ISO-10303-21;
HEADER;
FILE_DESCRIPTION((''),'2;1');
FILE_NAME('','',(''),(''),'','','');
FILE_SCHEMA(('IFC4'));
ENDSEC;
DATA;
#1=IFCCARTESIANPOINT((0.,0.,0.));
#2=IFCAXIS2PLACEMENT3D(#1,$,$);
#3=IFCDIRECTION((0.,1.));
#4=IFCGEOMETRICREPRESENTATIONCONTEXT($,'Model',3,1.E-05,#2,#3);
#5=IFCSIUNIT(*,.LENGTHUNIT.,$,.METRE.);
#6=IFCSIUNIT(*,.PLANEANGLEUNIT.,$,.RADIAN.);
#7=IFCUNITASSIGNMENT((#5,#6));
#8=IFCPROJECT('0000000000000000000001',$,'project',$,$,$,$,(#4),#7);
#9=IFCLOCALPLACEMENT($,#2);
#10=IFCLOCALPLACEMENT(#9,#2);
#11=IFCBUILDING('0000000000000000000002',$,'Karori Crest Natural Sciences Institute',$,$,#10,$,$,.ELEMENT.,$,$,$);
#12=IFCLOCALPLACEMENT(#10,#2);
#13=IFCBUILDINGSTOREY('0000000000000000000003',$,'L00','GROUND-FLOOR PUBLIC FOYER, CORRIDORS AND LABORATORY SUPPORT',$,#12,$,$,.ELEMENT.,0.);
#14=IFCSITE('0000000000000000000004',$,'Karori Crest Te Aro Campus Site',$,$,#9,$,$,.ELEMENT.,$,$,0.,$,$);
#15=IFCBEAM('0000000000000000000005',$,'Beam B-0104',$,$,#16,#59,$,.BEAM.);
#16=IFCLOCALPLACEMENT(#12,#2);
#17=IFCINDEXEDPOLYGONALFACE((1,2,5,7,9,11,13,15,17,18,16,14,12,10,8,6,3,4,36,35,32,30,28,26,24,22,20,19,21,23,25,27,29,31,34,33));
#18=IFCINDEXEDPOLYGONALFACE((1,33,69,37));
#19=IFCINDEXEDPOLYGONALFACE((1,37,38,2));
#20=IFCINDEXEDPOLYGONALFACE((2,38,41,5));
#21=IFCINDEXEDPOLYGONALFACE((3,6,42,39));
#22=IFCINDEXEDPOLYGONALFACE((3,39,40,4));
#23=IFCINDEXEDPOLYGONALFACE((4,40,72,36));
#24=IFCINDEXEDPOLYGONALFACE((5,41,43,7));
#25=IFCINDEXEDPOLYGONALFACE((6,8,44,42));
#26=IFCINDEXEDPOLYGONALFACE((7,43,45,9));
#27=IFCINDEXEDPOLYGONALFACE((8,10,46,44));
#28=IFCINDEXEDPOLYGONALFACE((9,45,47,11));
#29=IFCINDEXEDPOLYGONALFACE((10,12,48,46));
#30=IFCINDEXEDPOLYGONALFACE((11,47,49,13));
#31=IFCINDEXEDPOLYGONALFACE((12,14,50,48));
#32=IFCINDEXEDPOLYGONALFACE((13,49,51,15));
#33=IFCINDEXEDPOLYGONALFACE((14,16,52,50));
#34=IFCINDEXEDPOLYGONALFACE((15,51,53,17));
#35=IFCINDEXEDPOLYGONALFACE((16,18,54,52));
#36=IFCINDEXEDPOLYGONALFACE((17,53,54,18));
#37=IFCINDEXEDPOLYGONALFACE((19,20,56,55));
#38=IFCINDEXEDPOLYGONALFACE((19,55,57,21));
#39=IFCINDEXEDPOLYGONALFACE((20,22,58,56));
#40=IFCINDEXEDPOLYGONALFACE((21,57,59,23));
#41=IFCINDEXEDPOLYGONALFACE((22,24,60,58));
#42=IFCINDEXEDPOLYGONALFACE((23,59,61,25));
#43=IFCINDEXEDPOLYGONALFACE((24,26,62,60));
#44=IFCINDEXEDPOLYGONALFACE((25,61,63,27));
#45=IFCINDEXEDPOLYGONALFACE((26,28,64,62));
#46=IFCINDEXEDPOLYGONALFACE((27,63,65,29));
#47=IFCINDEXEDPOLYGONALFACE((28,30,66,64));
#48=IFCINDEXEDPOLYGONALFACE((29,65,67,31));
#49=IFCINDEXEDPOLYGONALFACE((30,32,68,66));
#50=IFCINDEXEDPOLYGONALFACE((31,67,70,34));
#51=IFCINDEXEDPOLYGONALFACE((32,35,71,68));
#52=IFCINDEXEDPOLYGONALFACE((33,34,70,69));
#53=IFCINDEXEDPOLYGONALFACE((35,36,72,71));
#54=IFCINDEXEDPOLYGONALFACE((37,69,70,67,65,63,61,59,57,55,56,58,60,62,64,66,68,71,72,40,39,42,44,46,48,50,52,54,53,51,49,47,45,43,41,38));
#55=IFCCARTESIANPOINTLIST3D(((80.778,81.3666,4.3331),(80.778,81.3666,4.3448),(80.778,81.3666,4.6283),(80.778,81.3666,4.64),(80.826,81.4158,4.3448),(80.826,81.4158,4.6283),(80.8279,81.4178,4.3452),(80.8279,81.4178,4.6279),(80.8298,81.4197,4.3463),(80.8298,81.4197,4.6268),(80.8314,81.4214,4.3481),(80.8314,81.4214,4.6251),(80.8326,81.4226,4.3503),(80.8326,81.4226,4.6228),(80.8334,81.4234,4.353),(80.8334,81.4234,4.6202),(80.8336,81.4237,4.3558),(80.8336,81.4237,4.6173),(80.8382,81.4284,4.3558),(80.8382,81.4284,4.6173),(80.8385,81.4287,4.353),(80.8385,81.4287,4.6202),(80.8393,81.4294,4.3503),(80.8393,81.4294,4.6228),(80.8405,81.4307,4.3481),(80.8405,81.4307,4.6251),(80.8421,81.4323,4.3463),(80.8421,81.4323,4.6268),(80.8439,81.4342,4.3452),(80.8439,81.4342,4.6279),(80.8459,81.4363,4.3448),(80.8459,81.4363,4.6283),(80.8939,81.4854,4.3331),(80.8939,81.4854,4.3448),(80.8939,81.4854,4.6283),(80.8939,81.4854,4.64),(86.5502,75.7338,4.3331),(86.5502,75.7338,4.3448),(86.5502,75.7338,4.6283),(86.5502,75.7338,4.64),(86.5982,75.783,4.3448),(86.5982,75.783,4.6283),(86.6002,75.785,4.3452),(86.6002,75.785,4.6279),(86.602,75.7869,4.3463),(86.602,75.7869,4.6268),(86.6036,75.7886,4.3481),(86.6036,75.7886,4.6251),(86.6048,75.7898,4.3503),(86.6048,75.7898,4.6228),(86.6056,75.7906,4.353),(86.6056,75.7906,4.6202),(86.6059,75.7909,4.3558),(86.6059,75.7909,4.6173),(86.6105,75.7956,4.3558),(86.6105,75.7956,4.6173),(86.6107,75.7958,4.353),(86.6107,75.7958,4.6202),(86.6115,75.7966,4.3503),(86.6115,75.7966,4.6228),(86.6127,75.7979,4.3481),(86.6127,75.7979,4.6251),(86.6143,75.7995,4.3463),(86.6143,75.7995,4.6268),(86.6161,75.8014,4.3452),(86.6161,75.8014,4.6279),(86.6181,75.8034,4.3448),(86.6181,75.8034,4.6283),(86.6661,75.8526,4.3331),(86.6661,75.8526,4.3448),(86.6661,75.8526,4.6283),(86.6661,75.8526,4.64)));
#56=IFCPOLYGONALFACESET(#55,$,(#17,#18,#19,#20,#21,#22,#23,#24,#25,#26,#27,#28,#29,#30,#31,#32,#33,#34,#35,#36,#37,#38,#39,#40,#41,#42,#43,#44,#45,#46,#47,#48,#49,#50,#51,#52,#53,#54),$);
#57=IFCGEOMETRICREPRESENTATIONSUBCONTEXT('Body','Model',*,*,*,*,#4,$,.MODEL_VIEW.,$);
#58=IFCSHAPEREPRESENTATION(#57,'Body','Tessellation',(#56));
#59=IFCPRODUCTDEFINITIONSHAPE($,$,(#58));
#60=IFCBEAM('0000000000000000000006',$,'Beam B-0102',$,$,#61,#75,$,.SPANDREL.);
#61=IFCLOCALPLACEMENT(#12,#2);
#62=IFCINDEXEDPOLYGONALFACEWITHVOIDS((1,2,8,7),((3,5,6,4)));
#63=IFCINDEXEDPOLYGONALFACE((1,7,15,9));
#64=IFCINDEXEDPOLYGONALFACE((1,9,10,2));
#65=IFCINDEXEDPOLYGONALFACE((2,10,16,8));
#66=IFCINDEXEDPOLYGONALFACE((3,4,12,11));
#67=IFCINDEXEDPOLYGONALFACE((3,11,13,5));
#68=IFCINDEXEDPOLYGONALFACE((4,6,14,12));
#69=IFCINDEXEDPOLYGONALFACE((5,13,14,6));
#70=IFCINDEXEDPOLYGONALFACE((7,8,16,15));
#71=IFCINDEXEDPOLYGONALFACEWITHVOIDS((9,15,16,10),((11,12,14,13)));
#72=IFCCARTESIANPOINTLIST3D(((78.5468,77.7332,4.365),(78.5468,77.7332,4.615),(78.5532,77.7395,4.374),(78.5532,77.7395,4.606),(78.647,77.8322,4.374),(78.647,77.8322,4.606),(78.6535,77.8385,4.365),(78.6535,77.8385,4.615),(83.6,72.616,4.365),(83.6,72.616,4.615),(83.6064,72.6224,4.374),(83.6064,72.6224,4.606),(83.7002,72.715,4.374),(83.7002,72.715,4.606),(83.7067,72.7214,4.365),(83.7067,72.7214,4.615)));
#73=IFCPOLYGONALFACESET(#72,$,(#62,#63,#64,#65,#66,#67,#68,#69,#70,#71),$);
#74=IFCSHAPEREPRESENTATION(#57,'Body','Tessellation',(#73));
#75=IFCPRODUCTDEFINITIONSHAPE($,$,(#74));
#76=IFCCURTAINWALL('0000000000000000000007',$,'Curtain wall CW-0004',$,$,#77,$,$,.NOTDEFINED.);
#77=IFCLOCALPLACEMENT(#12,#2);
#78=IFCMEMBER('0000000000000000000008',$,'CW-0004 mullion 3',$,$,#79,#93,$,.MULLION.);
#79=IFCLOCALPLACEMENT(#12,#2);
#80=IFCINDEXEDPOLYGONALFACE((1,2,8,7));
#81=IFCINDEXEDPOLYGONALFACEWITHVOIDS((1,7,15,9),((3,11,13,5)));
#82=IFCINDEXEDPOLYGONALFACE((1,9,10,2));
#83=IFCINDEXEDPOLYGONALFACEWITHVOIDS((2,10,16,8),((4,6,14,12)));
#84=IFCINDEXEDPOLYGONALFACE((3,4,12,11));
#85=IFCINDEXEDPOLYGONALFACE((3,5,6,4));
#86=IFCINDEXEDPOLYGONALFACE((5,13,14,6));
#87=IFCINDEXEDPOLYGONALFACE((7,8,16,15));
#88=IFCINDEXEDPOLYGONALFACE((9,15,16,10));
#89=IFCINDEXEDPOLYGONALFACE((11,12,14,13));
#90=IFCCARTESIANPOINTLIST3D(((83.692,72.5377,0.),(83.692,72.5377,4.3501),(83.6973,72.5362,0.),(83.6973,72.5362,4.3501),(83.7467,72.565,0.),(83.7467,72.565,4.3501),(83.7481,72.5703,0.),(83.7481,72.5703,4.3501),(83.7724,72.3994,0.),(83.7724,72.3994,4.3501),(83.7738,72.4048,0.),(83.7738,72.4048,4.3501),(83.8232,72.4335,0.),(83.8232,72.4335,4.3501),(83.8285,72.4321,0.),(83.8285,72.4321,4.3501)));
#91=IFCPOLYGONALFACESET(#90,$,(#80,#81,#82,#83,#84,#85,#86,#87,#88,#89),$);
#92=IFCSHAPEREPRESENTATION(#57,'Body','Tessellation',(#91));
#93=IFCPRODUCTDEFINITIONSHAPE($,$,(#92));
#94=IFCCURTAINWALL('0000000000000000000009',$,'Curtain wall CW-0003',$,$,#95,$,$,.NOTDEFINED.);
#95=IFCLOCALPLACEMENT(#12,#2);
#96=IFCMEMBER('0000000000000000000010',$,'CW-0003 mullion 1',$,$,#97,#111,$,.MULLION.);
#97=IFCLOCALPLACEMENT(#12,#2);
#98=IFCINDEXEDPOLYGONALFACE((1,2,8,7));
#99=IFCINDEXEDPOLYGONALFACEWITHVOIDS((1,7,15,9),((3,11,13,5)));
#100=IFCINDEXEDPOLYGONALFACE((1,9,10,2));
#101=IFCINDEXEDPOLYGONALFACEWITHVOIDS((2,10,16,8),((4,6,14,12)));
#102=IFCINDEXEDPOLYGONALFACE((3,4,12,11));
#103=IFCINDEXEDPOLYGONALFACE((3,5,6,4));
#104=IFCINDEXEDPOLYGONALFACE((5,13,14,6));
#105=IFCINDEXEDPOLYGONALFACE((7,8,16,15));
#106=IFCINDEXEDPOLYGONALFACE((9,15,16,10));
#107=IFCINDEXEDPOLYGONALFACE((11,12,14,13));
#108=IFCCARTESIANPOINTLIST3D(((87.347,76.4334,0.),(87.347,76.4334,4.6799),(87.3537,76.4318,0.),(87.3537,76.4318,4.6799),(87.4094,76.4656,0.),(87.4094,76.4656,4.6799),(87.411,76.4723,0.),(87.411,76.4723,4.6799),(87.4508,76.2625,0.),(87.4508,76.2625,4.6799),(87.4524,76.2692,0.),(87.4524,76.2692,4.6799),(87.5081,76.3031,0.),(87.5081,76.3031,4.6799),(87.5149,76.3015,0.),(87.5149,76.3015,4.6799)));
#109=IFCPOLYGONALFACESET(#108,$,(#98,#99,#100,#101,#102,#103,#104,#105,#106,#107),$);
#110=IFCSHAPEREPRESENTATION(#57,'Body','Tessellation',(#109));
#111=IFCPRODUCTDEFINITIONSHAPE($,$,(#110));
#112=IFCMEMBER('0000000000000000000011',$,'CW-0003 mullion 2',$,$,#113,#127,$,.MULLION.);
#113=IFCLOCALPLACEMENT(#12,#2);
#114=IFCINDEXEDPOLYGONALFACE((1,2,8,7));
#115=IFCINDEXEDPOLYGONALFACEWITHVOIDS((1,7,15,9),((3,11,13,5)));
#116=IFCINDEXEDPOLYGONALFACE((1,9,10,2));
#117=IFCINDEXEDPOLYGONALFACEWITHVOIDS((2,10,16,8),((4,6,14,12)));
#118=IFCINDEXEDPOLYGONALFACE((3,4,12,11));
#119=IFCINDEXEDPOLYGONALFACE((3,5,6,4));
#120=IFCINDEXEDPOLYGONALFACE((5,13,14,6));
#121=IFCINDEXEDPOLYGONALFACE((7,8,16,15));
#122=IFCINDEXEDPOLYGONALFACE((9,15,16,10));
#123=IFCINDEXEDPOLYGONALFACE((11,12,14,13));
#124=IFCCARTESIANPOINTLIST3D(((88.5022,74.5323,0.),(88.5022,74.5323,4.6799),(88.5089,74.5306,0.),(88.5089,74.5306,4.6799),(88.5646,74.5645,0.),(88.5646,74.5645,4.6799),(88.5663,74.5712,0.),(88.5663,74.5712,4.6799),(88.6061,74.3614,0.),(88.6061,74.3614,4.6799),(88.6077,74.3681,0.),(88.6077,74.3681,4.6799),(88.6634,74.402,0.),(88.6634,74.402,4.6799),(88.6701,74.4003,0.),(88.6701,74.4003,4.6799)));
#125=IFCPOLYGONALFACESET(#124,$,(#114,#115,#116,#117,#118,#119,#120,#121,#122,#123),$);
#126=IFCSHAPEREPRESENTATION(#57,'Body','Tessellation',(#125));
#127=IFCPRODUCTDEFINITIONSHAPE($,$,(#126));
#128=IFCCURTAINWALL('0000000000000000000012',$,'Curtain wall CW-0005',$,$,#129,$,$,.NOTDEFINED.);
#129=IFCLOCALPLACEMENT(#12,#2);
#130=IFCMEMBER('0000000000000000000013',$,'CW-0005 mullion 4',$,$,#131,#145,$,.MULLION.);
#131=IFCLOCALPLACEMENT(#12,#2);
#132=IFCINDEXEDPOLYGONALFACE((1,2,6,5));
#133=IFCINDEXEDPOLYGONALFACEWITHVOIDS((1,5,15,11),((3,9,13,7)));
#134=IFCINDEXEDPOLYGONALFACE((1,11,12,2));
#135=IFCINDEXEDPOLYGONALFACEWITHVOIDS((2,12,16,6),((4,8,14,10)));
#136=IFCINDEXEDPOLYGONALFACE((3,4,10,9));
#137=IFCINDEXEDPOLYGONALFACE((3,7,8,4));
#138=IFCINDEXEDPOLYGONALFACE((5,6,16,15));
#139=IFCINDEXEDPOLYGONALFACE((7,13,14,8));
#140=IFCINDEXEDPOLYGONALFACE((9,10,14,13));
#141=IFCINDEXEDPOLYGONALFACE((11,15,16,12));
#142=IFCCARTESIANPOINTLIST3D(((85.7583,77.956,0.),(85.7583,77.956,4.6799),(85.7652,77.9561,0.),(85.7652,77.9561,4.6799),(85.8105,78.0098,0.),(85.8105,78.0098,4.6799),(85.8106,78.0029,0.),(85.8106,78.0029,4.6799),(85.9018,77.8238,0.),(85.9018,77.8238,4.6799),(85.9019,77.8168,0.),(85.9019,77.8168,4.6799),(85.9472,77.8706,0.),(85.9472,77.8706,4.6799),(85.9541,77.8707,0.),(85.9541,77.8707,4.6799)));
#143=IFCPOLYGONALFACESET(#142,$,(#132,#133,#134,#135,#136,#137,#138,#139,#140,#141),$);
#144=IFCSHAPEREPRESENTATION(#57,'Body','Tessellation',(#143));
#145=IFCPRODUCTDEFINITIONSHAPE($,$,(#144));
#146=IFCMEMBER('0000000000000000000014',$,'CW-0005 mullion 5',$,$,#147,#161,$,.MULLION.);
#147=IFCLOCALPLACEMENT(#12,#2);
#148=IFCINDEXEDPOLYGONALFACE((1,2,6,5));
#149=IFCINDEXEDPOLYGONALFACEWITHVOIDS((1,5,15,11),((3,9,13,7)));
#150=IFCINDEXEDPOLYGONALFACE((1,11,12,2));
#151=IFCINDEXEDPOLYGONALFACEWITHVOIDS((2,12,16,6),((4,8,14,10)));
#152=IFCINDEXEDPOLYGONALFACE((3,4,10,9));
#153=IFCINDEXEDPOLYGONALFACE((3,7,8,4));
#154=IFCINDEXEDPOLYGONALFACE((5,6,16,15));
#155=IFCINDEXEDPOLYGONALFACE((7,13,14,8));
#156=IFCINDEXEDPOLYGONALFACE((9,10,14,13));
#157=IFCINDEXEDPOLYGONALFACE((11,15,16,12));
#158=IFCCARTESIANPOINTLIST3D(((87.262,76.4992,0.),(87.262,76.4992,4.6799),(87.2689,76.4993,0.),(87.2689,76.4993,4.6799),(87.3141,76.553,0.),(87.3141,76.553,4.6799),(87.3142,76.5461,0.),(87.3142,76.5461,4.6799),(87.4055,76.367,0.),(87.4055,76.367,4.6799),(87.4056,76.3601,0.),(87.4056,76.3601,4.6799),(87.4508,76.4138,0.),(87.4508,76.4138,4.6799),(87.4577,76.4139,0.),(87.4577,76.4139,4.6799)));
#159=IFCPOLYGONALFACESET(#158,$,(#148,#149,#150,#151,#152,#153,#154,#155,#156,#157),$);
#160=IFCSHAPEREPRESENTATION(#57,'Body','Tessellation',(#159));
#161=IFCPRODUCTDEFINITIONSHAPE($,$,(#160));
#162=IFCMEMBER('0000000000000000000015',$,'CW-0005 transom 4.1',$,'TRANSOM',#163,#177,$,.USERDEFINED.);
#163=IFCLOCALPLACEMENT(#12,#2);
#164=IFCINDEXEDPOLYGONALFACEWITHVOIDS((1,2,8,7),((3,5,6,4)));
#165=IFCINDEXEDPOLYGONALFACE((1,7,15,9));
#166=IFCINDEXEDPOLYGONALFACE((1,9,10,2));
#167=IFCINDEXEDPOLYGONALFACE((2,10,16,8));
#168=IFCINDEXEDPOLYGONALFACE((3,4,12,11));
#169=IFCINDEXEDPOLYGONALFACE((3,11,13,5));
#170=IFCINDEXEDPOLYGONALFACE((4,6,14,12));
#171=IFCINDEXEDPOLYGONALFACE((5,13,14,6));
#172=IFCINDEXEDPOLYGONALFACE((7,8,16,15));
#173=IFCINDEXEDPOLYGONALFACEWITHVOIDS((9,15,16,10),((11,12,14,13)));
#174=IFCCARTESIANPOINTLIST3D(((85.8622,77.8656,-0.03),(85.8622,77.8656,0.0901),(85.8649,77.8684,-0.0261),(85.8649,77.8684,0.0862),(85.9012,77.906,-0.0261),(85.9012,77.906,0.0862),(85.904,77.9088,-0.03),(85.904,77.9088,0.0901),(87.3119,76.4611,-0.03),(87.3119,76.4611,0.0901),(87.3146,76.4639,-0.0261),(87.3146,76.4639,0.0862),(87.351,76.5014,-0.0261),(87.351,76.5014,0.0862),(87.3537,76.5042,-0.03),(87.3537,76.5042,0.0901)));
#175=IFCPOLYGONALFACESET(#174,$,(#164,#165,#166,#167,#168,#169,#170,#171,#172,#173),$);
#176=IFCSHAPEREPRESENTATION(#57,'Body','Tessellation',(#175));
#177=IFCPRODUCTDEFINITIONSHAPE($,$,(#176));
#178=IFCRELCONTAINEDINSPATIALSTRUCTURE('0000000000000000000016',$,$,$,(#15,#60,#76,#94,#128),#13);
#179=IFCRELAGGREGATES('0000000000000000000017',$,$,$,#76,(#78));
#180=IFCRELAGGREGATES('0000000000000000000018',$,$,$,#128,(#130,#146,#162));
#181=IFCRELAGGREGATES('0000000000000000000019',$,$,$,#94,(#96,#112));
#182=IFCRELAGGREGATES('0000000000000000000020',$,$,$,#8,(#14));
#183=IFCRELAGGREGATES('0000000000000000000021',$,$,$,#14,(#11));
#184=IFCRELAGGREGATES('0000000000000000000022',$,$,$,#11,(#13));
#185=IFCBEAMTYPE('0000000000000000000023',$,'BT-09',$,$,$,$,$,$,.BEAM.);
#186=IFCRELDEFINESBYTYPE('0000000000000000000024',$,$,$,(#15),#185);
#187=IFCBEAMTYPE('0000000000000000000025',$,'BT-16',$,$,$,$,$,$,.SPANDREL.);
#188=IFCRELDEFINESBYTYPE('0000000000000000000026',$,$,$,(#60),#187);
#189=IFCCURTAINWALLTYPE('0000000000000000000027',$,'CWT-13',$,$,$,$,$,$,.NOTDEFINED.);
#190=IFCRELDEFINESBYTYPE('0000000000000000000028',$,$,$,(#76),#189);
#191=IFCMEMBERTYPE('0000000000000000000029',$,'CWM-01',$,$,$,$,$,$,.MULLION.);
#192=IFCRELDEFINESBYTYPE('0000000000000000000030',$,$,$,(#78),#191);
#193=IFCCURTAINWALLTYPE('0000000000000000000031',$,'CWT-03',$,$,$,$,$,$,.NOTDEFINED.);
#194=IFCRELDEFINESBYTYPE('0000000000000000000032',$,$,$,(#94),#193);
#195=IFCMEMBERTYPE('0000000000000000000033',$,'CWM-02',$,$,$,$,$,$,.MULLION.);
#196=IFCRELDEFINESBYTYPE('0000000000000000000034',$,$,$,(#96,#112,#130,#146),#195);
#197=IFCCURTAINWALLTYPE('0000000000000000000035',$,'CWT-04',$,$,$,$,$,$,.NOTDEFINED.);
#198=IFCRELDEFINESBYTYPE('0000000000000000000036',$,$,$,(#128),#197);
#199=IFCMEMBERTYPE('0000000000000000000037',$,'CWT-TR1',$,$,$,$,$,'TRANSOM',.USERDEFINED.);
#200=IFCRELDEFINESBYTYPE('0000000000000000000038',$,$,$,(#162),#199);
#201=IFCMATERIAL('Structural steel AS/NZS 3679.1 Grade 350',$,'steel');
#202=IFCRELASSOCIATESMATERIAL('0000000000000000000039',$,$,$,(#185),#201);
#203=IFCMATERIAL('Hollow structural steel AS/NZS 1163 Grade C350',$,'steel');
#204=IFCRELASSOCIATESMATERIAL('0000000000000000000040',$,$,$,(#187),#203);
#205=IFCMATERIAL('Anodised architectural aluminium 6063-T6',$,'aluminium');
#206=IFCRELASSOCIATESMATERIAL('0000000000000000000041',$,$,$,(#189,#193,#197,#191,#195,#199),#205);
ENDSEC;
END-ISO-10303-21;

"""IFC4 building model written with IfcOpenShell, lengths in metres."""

from ifc_helpers import new_model, si_unit, direction, frame, origin, origin_2d, place, context, subcontext, project, spatial, hollow_rectangle, i_section, extrude, material, material_profile, profile_set, type_object, element, aggregate, save


model = new_model("IFC4")

# Units and contexts
model_context = context("Model", 3, precision=1e-05, world=origin(), true_north=direction((0.0, 1.0)))
body_context = subcontext(model_context, "Body", "Model", "MODEL_VIEW")
ifc_project = project(units=[si_unit("LENGTHUNIT", "METRE"), si_unit("PLANEANGLEUNIT", "RADIAN")], contexts=[model_context])

# Site, building, storey
site_placement = place(None, origin())
site = spatial("IfcSite", under=ifc_project, at=site_placement, Name="Karori Crest Te Aro Campus Site", CompositionType="ELEMENT", RefElevation=0.0)
building_placement = place(site_placement, origin())
building = spatial("IfcBuilding", under=site, at=building_placement, Name="Karori Crest Natural Sciences Institute", CompositionType="ELEMENT")
storey_placement = place(building_placement, origin())
storey = spatial("IfcBuildingStorey", under=building, at=storey_placement, Name="L00", Description="GROUND-FLOOR PUBLIC FOYER, CORRIDORS AND LABORATORY SUPPORT", CompositionType="ELEMENT", Elevation=0.0)

# Shared definitions
ifc_material_1 = material(Name="Structural steel AS/NZS 3679.1 Grade 350", Category="steel")

# Beams
ifc_material_profile_1 = material_profile(ifc_material_1, i_section(OverallWidth=0.166, OverallDepth=0.3069, WebThickness=0.0066, FlangeThickness=0.0117, FilletRadius=0.011, at=origin_2d()), Name="310UB46.2")
ifc_profile_set_1 = profile_set([ifc_material_profile_1], Name="Structural steel AS/NZS 3679.1 Grade 350")
beam_type_1 = type_object("IfcBeamType", Name="BT-09", PredefinedType="BEAM", material=ifc_profile_set_1)
beam_1_placement = place(storey_placement, frame((86.6082, 75.7932, 4.4866), z_axis=(-0.715696, 0.698412, 0.0), x_axis=(-0.698412, -0.715696, 0.0)))
element("IfcBeam", 1, at=beam_1_placement, inside=storey, type_object=beam_type_1, Name="Beam B-0104", PredefinedType="BEAM", context=body_context, shape_type="SweptSolid", body=[
    extrude(i_section(OverallWidth=0.166, OverallDepth=0.3069, WebThickness=0.0066, FlangeThickness=0.0117, FilletRadius=0.011, at=origin_2d()), origin(), (0.0, 0.0, 1.0), 8.0652),
])
ifc_material_2 = material(Name="Hollow structural steel AS/NZS 1163 Grade C350", Category="steel")
ifc_material_profile_2 = material_profile(ifc_material_2, hollow_rectangle(XDim=0.1499, YDim=0.25, WallThickness=0.009, at=origin_2d()), Name="RHS250x150x9")
ifc_profile_set_2 = profile_set([ifc_material_profile_2], Name="Hollow structural steel AS/NZS 1163 Grade C350")
beam_type_2 = type_object("IfcBeamType", Name="BT-16", PredefinedType="SPANDREL", material=ifc_profile_set_2)
beam_2_placement = place(storey_placement, frame((83.6533, 72.6687, 4.49), z_axis=(-0.702646, 0.71154, 0.0), x_axis=(-0.71154, -0.702646, 0.0)))
element("IfcBeam", 2, at=beam_2_placement, inside=storey, type_object=beam_type_2, Name="Beam B-0102", PredefinedType="SPANDREL", context=body_context, shape_type="SweptSolid", body=[
    extrude(hollow_rectangle(XDim=0.1499, YDim=0.25, WallThickness=0.009, at=origin_2d()), origin(), (0.0, 0.0, 1.0), 7.1917),
])

# Curtain wall, member
ifc_material_3 = material(Name="Anodised architectural aluminium 6063-T6", Category="aluminium")
curtain_wall_type_1 = type_object("IfcCurtainWallType", Name="CWT-13", PredefinedType="NOTDEFINED", material=ifc_material_3)
curtain_wall_1_placement = place(storey_placement, origin())
curtain_wall_1 = element("IfcCurtainWall", 3, at=curtain_wall_1_placement, inside=storey, type_object=curtain_wall_type_1, Name="Curtain wall CW-0004", PredefinedType="NOTDEFINED")
ifc_material_profile_3 = material_profile(ifc_material_3, hollow_rectangle(XDim=0.0649, YDim=0.1599, WallThickness=0.0039, at=origin_2d()), Name="CWM160x65x4")
ifc_profile_set_3 = profile_set([ifc_material_profile_3], Name="Anodised architectural aluminium 6063-T6")
member_type_1 = type_object("IfcMemberType", Name="CWM-01", PredefinedType="MULLION", material=ifc_profile_set_3)
member_1_placement = place(storey_placement, frame((83.7603, 72.4849, 0.0), z_axis=(0.0, 0.0, 1.0), x_axis=(-0.864484, -0.50266, 0.0)))
member_1 = element("IfcMember", 4, at=member_1_placement, type_object=member_type_1, Name="CW-0004 mullion 3", PredefinedType="MULLION", context=body_context, shape_type="SweptSolid", body=[
    extrude(hollow_rectangle(XDim=0.0649, YDim=0.1599, WallThickness=0.0039, at=origin_2d()), origin(), (0.0, 0.0, 1.0), 4.3501),
])
aggregate(curtain_wall_1, [member_1])

# Curtain walls, members
curtain_wall_type_2 = type_object("IfcCurtainWallType", Name="CWT-03", PredefinedType="NOTDEFINED", material=ifc_material_3)
curtain_wall_2_placement = place(storey_placement, origin())
curtain_wall_2 = element("IfcCurtainWall", 5, at=curtain_wall_2_placement, inside=storey, type_object=curtain_wall_type_2, Name="Curtain wall CW-0003", PredefinedType="NOTDEFINED")
ifc_material_profile_4 = material_profile(ifc_material_3, hollow_rectangle(XDim=0.075, YDim=0.2, WallThickness=0.0049, at=origin_2d()), Name="CWM200x75x5")
ifc_profile_set_4 = profile_set([ifc_material_profile_4], Name="Anodised architectural aluminium 6063-T6")
member_type_2 = type_object("IfcMemberType", Name="CWM-02", PredefinedType="MULLION", material=ifc_profile_set_4)
member_2_placement = place(storey_placement, frame((87.4309, 76.3674, 0.0), z_axis=(0.0, 0.0, 1.0), x_axis=(0.854567, 0.519341, 0.0)))
member_2 = element("IfcMember", 6, at=member_2_placement, type_object=member_type_2, Name="CW-0003 mullion 1", PredefinedType="MULLION", context=body_context, shape_type="SweptSolid", body=[
    extrude(hollow_rectangle(XDim=0.075, YDim=0.2, WallThickness=0.0049, at=origin_2d()), origin(), (0.0, 0.0, 1.0), 4.6799),
])
member_3_placement = place(storey_placement, frame((88.5862, 74.4663, 0.0), z_axis=(0.0, 0.0, 1.0), x_axis=(0.854567, 0.519341, 0.0)))
member_3 = element("IfcMember", 7, at=member_3_placement, type_object=member_type_2, Name="CW-0003 mullion 2", PredefinedType="MULLION", context=body_context, shape_type="SweptSolid", body=[
    extrude(hollow_rectangle(XDim=0.075, YDim=0.2, WallThickness=0.0049, at=origin_2d()), origin(), (0.0, 0.0, 1.0), 4.6799),
])
curtain_wall_type_3 = type_object("IfcCurtainWallType", Name="CWT-04", PredefinedType="NOTDEFINED", material=ifc_material_3)
curtain_wall_3_placement = place(storey_placement, origin())
curtain_wall_3 = element("IfcCurtainWall", 8, at=curtain_wall_3_placement, inside=storey, type_object=curtain_wall_type_3, Name="Curtain wall CW-0005", PredefinedType="NOTDEFINED")
member_4_placement = place(storey_placement, frame((85.8562, 77.9133, 0.0), z_axis=(0.0, 0.0, 1.0), x_axis=(0.695839, 0.718198, 0.0)))
member_4 = element("IfcMember", 9, at=member_4_placement, type_object=member_type_2, Name="CW-0005 mullion 4", PredefinedType="MULLION", context=body_context, shape_type="SweptSolid", body=[
    extrude(hollow_rectangle(XDim=0.075, YDim=0.2, WallThickness=0.0049, at=origin_2d()), origin(), (0.0, 0.0, 1.0), 4.6799),
])
member_5_placement = place(storey_placement, frame((87.3599, 76.4565, 0.0), z_axis=(0.0, 0.0, 1.0), x_axis=(0.695839, 0.718198, 0.0)))
member_5 = element("IfcMember", 10, at=member_5_placement, type_object=member_type_2, Name="CW-0005 mullion 5", PredefinedType="MULLION", context=body_context, shape_type="SweptSolid", body=[
    extrude(hollow_rectangle(XDim=0.075, YDim=0.2, WallThickness=0.0049, at=origin_2d()), origin(), (0.0, 0.0, 1.0), 4.6799),
])
ifc_material_profile_5 = material_profile(ifc_material_3, hollow_rectangle(XDim=0.0601, YDim=0.1201, WallThickness=0.0039, at=origin_2d()), Name="CWT120x60x4")
ifc_profile_set_5 = profile_set([ifc_material_profile_5], Name="Anodised architectural aluminium 6063-T6")
member_type_3 = type_object("IfcMemberType", Name="CWT-TR1", ElementType="TRANSOM", PredefinedType="USERDEFINED", material=ifc_profile_set_5)
member_6_placement = place(storey_placement, frame((85.8831, 77.8872, 0.03), z_axis=(0.718206, -0.69583, 0.0), x_axis=(0.69583, 0.718206, 0.0)))
member_6 = element("IfcMember", 11, at=member_6_placement, type_object=member_type_3, Name="CW-0005 transom 4.1", ObjectType="TRANSOM", PredefinedType="USERDEFINED", context=body_context, shape_type="SweptSolid", body=[
    extrude(hollow_rectangle(XDim=0.0601, YDim=0.1201, WallThickness=0.0039, at=origin_2d()), origin(), (0.0, 0.0, 1.0), 2.0186),
])

aggregate(curtain_wall_3, [member_4, member_5, member_6])
aggregate(curtain_wall_2, [member_2, member_3])

save(model, "model.ifc")
